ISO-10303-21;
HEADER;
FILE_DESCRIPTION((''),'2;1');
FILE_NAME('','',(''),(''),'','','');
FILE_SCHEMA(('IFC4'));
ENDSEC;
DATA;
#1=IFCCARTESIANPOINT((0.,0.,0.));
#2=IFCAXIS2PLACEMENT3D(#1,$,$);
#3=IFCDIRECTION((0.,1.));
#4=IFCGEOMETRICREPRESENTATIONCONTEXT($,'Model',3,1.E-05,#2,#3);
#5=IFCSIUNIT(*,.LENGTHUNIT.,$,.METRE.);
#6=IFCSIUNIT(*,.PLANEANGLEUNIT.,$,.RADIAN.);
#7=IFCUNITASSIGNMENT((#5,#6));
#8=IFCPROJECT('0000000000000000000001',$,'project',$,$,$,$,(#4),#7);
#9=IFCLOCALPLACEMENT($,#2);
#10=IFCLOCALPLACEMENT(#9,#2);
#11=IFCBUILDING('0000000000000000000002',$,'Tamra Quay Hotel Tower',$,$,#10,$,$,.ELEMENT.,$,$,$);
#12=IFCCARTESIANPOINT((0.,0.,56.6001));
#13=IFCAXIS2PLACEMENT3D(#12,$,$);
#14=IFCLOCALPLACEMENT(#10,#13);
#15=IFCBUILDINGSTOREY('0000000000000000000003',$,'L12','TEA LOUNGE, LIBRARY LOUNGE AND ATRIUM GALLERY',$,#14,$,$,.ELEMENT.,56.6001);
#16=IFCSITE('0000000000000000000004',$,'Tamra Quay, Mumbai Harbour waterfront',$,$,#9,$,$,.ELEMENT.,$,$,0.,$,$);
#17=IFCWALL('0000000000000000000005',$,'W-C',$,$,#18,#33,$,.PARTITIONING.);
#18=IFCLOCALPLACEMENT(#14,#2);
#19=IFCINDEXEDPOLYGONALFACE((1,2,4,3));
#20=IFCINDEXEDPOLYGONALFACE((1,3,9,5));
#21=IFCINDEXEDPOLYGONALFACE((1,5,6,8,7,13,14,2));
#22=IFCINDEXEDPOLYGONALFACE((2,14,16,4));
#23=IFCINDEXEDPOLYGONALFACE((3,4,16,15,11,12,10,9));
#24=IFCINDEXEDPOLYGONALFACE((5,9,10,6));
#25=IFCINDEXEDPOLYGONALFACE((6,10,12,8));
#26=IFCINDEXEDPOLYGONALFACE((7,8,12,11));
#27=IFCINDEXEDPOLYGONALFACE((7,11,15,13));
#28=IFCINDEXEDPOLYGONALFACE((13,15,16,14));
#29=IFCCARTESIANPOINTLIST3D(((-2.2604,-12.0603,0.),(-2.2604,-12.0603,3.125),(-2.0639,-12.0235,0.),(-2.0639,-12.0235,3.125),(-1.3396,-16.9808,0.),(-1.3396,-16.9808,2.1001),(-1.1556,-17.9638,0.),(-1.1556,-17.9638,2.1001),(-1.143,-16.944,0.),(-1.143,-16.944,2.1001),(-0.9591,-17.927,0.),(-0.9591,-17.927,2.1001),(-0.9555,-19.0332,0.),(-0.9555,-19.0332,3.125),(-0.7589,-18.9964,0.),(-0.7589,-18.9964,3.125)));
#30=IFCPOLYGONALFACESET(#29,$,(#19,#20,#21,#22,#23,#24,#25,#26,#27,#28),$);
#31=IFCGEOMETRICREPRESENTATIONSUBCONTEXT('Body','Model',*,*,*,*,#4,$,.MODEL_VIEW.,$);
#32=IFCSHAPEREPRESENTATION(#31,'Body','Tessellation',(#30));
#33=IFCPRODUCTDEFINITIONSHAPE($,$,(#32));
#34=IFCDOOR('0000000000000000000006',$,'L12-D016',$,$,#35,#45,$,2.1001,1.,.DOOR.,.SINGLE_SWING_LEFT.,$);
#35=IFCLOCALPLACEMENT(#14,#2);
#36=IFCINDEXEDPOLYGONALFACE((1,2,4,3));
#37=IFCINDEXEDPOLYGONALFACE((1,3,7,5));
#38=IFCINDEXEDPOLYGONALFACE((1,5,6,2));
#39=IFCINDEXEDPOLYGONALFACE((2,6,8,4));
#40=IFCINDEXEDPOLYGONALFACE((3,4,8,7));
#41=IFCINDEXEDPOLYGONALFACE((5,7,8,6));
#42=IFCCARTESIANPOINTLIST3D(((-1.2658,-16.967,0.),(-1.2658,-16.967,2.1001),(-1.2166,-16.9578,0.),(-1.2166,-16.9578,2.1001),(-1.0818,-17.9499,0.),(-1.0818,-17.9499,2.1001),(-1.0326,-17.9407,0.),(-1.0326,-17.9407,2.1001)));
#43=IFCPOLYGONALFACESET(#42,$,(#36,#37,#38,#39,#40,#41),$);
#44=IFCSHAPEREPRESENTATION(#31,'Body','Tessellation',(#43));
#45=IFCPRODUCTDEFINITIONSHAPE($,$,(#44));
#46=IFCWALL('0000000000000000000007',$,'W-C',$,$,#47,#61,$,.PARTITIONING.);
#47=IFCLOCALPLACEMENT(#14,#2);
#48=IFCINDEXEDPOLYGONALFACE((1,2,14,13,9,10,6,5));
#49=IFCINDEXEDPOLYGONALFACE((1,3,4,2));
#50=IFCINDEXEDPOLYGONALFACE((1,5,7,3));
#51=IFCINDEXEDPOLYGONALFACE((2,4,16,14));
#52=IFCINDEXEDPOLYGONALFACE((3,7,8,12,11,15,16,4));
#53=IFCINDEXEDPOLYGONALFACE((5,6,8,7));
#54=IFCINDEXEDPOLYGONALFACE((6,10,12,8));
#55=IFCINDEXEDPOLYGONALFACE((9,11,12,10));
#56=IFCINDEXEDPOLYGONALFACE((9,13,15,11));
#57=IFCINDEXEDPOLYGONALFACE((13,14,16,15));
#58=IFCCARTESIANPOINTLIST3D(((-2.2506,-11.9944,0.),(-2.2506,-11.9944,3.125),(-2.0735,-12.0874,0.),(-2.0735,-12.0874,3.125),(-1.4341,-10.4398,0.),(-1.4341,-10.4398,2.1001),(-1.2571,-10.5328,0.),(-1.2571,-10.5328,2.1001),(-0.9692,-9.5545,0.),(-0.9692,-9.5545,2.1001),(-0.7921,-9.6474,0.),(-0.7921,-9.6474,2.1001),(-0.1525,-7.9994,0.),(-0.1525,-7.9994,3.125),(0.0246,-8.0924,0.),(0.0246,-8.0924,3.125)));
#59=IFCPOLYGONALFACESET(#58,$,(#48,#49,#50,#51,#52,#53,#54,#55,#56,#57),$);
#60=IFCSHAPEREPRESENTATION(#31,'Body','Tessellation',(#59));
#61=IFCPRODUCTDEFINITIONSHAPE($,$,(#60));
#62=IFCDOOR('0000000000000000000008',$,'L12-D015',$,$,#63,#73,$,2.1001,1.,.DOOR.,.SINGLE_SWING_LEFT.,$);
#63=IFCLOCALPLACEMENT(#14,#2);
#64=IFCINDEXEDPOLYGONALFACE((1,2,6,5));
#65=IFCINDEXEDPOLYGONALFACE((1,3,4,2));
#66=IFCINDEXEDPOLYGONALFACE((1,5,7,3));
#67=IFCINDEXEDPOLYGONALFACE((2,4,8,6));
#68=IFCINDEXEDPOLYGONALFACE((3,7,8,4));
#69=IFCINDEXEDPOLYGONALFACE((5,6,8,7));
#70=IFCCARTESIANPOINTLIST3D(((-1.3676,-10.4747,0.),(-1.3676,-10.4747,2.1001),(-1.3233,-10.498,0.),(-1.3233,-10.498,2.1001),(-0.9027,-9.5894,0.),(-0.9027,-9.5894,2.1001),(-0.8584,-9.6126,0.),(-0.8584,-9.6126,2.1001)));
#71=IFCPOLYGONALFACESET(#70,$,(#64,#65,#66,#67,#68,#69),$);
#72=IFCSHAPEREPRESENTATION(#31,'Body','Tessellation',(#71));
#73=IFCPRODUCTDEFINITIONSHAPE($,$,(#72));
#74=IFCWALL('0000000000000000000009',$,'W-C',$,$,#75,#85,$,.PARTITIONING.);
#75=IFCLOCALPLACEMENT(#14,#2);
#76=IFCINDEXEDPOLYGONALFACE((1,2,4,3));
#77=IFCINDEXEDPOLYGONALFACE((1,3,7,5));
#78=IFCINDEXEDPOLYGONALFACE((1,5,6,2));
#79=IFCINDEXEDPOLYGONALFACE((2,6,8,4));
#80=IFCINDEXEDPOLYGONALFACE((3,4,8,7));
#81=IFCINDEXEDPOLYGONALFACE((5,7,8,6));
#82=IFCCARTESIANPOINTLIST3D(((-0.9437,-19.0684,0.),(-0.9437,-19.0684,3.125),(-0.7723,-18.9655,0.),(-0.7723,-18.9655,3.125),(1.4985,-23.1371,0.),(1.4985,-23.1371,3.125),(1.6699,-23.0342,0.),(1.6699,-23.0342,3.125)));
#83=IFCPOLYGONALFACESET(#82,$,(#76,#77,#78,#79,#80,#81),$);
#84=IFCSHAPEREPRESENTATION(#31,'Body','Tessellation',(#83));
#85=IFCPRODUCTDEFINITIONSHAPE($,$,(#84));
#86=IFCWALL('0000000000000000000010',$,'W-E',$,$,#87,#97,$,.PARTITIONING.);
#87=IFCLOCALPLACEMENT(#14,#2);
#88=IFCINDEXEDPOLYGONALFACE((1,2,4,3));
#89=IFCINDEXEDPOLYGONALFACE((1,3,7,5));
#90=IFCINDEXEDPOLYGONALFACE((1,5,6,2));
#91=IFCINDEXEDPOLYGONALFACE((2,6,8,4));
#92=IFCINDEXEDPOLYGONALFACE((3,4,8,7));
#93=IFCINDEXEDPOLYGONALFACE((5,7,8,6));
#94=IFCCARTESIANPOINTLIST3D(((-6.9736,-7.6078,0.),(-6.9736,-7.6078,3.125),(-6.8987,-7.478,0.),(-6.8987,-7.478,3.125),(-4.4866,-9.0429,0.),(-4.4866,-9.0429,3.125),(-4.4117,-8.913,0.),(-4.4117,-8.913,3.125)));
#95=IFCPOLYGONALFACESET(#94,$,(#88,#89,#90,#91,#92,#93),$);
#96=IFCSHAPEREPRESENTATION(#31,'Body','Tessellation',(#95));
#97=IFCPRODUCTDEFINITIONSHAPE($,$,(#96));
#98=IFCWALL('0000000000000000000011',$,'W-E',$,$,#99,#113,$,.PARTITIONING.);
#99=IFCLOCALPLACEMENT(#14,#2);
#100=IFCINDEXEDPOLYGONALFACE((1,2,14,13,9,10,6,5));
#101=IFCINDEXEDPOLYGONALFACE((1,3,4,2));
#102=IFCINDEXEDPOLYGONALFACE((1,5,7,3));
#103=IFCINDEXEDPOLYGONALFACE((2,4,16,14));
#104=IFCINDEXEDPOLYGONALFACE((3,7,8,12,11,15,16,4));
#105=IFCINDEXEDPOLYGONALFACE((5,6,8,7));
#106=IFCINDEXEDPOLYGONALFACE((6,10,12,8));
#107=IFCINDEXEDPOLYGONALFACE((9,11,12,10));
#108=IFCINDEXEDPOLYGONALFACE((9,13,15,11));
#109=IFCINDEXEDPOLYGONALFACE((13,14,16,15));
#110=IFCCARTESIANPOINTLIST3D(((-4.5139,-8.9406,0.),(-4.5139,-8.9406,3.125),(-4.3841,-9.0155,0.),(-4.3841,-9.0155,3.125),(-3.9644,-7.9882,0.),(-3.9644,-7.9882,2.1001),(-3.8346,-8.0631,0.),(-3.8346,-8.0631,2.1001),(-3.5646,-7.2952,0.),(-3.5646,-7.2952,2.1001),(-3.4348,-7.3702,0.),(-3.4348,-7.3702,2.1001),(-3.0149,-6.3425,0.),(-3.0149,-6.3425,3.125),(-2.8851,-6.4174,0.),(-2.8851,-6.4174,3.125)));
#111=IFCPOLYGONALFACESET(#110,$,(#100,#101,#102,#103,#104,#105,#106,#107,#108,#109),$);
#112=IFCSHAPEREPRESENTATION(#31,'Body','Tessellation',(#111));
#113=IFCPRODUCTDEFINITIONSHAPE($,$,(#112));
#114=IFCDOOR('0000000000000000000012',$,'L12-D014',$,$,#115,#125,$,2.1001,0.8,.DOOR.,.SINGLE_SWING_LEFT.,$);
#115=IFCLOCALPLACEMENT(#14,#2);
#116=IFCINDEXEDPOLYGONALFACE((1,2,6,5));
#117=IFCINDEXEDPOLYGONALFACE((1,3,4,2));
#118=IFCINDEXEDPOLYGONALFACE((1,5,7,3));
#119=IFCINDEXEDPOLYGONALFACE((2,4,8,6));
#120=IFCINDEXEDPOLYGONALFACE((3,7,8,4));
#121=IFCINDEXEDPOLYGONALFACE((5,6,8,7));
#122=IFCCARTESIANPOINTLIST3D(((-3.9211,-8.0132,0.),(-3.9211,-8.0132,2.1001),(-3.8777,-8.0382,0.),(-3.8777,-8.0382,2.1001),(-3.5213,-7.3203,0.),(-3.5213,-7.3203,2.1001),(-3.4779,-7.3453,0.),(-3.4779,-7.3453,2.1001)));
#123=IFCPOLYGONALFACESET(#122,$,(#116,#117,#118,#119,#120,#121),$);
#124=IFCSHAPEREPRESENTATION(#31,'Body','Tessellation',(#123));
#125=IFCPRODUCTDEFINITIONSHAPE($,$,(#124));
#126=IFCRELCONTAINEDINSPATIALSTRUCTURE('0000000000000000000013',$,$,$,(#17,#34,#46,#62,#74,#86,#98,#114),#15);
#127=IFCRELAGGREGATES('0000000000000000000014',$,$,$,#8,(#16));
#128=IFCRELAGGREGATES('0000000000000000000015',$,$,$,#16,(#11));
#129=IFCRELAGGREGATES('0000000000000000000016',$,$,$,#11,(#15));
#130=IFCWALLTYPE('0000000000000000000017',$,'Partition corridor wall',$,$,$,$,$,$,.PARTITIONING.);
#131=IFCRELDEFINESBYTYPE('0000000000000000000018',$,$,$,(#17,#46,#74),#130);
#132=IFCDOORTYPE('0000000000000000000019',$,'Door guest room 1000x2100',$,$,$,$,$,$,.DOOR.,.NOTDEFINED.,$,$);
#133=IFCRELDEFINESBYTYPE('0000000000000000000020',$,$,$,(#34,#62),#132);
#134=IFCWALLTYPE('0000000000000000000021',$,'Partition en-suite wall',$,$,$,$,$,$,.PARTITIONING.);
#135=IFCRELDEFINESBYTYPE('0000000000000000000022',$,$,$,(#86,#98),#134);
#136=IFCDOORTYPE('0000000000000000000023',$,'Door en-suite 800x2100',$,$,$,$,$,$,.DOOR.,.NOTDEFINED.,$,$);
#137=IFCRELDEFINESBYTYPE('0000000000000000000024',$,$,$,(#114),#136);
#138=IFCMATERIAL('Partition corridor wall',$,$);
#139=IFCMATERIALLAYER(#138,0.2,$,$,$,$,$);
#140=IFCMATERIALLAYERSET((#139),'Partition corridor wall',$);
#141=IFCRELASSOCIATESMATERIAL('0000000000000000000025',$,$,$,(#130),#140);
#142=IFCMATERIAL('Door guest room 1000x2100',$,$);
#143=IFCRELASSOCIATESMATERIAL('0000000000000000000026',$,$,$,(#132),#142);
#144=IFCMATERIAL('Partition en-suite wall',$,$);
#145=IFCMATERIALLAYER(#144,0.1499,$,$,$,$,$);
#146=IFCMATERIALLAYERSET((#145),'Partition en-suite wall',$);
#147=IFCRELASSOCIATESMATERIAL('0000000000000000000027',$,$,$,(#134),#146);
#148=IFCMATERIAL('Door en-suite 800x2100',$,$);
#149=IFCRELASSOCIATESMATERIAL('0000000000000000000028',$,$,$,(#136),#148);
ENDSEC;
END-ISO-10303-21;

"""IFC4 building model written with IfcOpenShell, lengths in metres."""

from ifc_helpers import new_model, si_unit, direction, frame, frame_2d, origin, place, context, subcontext, project, spatial, rectangle, extrude, material, layer, layer_set, type_object, element, fill, save


model = new_model("IFC4")

# Units and contexts
model_context = context("Model", 3, precision=1e-05, world=origin(), true_north=direction((0.0, 1.0)))
body_context = subcontext(model_context, "Body", "Model", "MODEL_VIEW")
ifc_project = project(units=[si_unit("LENGTHUNIT", "METRE"), si_unit("PLANEANGLEUNIT", "RADIAN")], contexts=[model_context])

# Site, building, storey
site_placement = place(None, origin())
site = spatial("IfcSite", under=ifc_project, at=site_placement, Name="Tamra Quay, Mumbai Harbour waterfront", CompositionType="ELEMENT", RefElevation=0.0)
building_placement = place(site_placement, origin())
building = spatial("IfcBuilding", under=site, at=building_placement, Name="Tamra Quay Hotel Tower", CompositionType="ELEMENT")
storey_placement = place(building_placement, frame((0.0, 0.0, 56.6001)))
storey = spatial("IfcBuildingStorey", under=building, at=storey_placement, Name="L12", Description="TEA LOUNGE, LIBRARY LOUNGE AND ATRIUM GALLERY", CompositionType="ELEMENT", Elevation=56.6001)

# Walls, openings, doors
ifc_material_1 = material(Name="Partition corridor wall")
ifc_layer_1 = layer(ifc_material_1, 0.2)
ifc_layer_set_1 = layer_set([ifc_layer_1], Name="Partition corridor wall")
wall_type_1 = type_object("IfcWallType", Name="Partition corridor wall", PredefinedType="PARTITIONING", material=ifc_layer_set_1)
wall_1_placement = place(storey_placement, frame((-2.1621, -12.042, 0.0), z_axis=(0.0, 0.0, 1.0), x_axis=(0.18395, -0.982936, 0.0)))
wall_1 = element("IfcWall", 1, at=wall_1_placement, inside=storey, type_object=wall_type_1, Name="W-C", PredefinedType="PARTITIONING", context=body_context, shape_type="SweptSolid", body=[
    extrude(rectangle(XDim=7.094, YDim=0.2, at=frame_2d((3.5469, 0.0))), origin(), (0.0, 0.0, 1.0), 3.125),
])
opening_1_placement = place(wall_1_placement, frame((5.0059, 0.0, 0.0)))
opening_1 = element("IfcOpeningElement", 2, at=opening_1_placement, cuts=wall_1, PredefinedType="OPENING", context=body_context, shape_type="SweptSolid", body=[
    extrude(rectangle(XDim=1.0, YDim=2.1001, at=frame_2d((0.5, 1.05))), frame((0.0, 0.1099, 0.0), z_axis=(0.0, -1.0, 0.0), x_axis=(1.0, 0.0, 0.0)), (0.0, 0.0, 1.0), 0.22),
])
ifc_material_2 = material(Name="Door guest room 1000x2100")
door_type_1 = type_object("IfcDoorType", Name="Door guest room 1000x2100", OperationType="NOTDEFINED", PredefinedType="DOOR", material=ifc_material_2)
door_1_placement = place(opening_1_placement, frame((1.0, 0.0, 0.0), z_axis=(0.0, 0.0, 1.0), x_axis=(-1.0, 0.0, 0.0)))
door_1 = element("IfcDoor", 3, at=door_1_placement, inside=storey, type_object=door_type_1, Name="L12-D016", OperationType="SINGLE_SWING_LEFT", OverallHeight=2.1001, OverallWidth=1.0, PredefinedType="DOOR", context=body_context, shape_type="SweptSolid", body=[
    extrude(rectangle(XDim=1.0, YDim=2.1001, at=frame_2d((0.5, 1.05))), frame((0.0, 0.0249, 0.0), z_axis=(0.0, -1.0, 0.0), x_axis=(1.0, 0.0, 0.0)), (0.0, 0.0, 1.0), 0.05),
])
fill(opening_1, door_1)
wall_2_placement = place(storey_placement, frame((-2.1621, -12.041, 0.0), z_axis=(0.0, 0.0, 1.0), x_axis=(0.464957, 0.885333, 0.0)))
wall_2 = element("IfcWall", 4, at=wall_2_placement, inside=storey, type_object=wall_type_1, Name="W-C", PredefinedType="PARTITIONING", context=body_context, shape_type="SweptSolid", body=[
    extrude(rectangle(XDim=4.5125, YDim=0.2, at=frame_2d((2.2563, 0.0))), origin(), (0.0, 0.0, 1.0), 3.125),
])
opening_2_placement = place(wall_2_placement, frame((1.7561, 0.0, 0.0)))
opening_2 = element("IfcOpeningElement", 5, at=opening_2_placement, cuts=wall_2, PredefinedType="OPENING", context=body_context, shape_type="SweptSolid", body=[
    extrude(rectangle(XDim=1.0, YDim=2.1001, at=frame_2d((0.5, 1.05))), frame((0.0, 0.1099, 0.0), z_axis=(0.0, -1.0, 0.0), x_axis=(1.0, 0.0, 0.0)), (0.0, 0.0, 1.0), 0.22),
])
door_2_placement = place(opening_2_placement, origin())
door_2 = element("IfcDoor", 6, at=door_2_placement, inside=storey, type_object=door_type_1, Name="L12-D015", OperationType="SINGLE_SWING_LEFT", OverallHeight=2.1001, OverallWidth=1.0, PredefinedType="DOOR", context=body_context, shape_type="SweptSolid", body=[
    extrude(rectangle(XDim=1.0, YDim=2.1001, at=frame_2d((0.5, 1.05))), frame((0.0, 0.0249, 0.0), z_axis=(0.0, -1.0, 0.0), x_axis=(1.0, 0.0, 0.0)), (0.0, 0.0, 1.0), 0.05),
])
fill(opening_2, door_2)

# Walls
wall_3_placement = place(storey_placement, frame((-0.8579, -19.0171, 0.0), z_axis=(0.0, 0.0, 1.0), x_axis=(0.514647, -0.857402, 0.0)))
element("IfcWall", 7, at=wall_3_placement, inside=storey, type_object=wall_type_1, Name="W-C", PredefinedType="PARTITIONING", context=body_context, shape_type="SweptSolid", body=[
    extrude(rectangle(XDim=4.7454, YDim=0.2, at=frame_2d((2.3726, 0.0))), origin(), (0.0, 0.0, 1.0), 3.125),
])
ifc_material_3 = material(Name="Partition en-suite wall")
ifc_layer_2 = layer(ifc_material_3, 0.1499)
ifc_layer_set_2 = layer_set([ifc_layer_2], Name="Partition en-suite wall")
wall_type_2 = type_object("IfcWallType", Name="Partition en-suite wall", PredefinedType="PARTITIONING", material=ifc_layer_set_2)
wall_4_placement = place(storey_placement, frame((-6.936, -7.543, 0.0), z_axis=(0.0, 0.0, 1.0), x_axis=(0.866153, -0.499779, 0.0)))
element("IfcWall", 8, at=wall_4_placement, inside=storey, type_object=wall_type_2, Name="W-E", PredefinedType="PARTITIONING", context=body_context, shape_type="SweptSolid", body=[
    extrude(rectangle(XDim=2.8713, YDim=0.1499, at=frame_2d((1.4355, 0.0))), origin(), (0.0, 0.0, 1.0), 3.125),
])

# Wall, opening, door
wall_5_placement = place(storey_placement, frame((-4.449, -8.978, 0.0), z_axis=(0.0, 0.0, 1.0), x_axis=(0.499746, 0.866172, 0.0)))
wall_5 = element("IfcWall", 9, at=wall_5_placement, inside=storey, type_object=wall_type_2, Name="W-E", PredefinedType="PARTITIONING", context=body_context, shape_type="SweptSolid", body=[
    extrude(rectangle(XDim=2.9995, YDim=0.1499, at=frame_2d((1.4998, 0.0))), origin(), (0.0, 0.0, 1.0), 3.125),
])
opening_3_placement = place(wall_5_placement, frame((1.0996, 0.0, 0.0)))
opening_3 = element("IfcOpeningElement", 10, at=opening_3_placement, cuts=wall_5, PredefinedType="OPENING", context=body_context, shape_type="SweptSolid", body=[
    extrude(rectangle(XDim=0.8, YDim=2.1001, at=frame_2d((0.3999, 1.05))), frame((0.0, 0.085, 0.0), z_axis=(0.0, -1.0, 0.0), x_axis=(1.0, 0.0, 0.0)), (0.0, 0.0, 1.0), 0.1699),
])
ifc_material_4 = material(Name="Door en-suite 800x2100")
door_type_2 = type_object("IfcDoorType", Name="Door en-suite 800x2100", OperationType="NOTDEFINED", PredefinedType="DOOR", material=ifc_material_4)
door_3_placement = place(opening_3_placement, origin())
door_3 = element("IfcDoor", 11, at=door_3_placement, inside=storey, type_object=door_type_2, Name="L12-D014", OperationType="SINGLE_SWING_LEFT", OverallHeight=2.1001, OverallWidth=0.8, PredefinedType="DOOR", context=body_context, shape_type="SweptSolid", body=[
    extrude(rectangle(XDim=0.8, YDim=2.1001, at=frame_2d((0.3999, 1.05))), frame((0.0, 0.0249, 0.0), z_axis=(0.0, -1.0, 0.0), x_axis=(1.0, 0.0, 0.0)), (0.0, 0.0, 1.0), 0.05),
])
fill(opening_3, door_3)

save(model, "model.ifc")
